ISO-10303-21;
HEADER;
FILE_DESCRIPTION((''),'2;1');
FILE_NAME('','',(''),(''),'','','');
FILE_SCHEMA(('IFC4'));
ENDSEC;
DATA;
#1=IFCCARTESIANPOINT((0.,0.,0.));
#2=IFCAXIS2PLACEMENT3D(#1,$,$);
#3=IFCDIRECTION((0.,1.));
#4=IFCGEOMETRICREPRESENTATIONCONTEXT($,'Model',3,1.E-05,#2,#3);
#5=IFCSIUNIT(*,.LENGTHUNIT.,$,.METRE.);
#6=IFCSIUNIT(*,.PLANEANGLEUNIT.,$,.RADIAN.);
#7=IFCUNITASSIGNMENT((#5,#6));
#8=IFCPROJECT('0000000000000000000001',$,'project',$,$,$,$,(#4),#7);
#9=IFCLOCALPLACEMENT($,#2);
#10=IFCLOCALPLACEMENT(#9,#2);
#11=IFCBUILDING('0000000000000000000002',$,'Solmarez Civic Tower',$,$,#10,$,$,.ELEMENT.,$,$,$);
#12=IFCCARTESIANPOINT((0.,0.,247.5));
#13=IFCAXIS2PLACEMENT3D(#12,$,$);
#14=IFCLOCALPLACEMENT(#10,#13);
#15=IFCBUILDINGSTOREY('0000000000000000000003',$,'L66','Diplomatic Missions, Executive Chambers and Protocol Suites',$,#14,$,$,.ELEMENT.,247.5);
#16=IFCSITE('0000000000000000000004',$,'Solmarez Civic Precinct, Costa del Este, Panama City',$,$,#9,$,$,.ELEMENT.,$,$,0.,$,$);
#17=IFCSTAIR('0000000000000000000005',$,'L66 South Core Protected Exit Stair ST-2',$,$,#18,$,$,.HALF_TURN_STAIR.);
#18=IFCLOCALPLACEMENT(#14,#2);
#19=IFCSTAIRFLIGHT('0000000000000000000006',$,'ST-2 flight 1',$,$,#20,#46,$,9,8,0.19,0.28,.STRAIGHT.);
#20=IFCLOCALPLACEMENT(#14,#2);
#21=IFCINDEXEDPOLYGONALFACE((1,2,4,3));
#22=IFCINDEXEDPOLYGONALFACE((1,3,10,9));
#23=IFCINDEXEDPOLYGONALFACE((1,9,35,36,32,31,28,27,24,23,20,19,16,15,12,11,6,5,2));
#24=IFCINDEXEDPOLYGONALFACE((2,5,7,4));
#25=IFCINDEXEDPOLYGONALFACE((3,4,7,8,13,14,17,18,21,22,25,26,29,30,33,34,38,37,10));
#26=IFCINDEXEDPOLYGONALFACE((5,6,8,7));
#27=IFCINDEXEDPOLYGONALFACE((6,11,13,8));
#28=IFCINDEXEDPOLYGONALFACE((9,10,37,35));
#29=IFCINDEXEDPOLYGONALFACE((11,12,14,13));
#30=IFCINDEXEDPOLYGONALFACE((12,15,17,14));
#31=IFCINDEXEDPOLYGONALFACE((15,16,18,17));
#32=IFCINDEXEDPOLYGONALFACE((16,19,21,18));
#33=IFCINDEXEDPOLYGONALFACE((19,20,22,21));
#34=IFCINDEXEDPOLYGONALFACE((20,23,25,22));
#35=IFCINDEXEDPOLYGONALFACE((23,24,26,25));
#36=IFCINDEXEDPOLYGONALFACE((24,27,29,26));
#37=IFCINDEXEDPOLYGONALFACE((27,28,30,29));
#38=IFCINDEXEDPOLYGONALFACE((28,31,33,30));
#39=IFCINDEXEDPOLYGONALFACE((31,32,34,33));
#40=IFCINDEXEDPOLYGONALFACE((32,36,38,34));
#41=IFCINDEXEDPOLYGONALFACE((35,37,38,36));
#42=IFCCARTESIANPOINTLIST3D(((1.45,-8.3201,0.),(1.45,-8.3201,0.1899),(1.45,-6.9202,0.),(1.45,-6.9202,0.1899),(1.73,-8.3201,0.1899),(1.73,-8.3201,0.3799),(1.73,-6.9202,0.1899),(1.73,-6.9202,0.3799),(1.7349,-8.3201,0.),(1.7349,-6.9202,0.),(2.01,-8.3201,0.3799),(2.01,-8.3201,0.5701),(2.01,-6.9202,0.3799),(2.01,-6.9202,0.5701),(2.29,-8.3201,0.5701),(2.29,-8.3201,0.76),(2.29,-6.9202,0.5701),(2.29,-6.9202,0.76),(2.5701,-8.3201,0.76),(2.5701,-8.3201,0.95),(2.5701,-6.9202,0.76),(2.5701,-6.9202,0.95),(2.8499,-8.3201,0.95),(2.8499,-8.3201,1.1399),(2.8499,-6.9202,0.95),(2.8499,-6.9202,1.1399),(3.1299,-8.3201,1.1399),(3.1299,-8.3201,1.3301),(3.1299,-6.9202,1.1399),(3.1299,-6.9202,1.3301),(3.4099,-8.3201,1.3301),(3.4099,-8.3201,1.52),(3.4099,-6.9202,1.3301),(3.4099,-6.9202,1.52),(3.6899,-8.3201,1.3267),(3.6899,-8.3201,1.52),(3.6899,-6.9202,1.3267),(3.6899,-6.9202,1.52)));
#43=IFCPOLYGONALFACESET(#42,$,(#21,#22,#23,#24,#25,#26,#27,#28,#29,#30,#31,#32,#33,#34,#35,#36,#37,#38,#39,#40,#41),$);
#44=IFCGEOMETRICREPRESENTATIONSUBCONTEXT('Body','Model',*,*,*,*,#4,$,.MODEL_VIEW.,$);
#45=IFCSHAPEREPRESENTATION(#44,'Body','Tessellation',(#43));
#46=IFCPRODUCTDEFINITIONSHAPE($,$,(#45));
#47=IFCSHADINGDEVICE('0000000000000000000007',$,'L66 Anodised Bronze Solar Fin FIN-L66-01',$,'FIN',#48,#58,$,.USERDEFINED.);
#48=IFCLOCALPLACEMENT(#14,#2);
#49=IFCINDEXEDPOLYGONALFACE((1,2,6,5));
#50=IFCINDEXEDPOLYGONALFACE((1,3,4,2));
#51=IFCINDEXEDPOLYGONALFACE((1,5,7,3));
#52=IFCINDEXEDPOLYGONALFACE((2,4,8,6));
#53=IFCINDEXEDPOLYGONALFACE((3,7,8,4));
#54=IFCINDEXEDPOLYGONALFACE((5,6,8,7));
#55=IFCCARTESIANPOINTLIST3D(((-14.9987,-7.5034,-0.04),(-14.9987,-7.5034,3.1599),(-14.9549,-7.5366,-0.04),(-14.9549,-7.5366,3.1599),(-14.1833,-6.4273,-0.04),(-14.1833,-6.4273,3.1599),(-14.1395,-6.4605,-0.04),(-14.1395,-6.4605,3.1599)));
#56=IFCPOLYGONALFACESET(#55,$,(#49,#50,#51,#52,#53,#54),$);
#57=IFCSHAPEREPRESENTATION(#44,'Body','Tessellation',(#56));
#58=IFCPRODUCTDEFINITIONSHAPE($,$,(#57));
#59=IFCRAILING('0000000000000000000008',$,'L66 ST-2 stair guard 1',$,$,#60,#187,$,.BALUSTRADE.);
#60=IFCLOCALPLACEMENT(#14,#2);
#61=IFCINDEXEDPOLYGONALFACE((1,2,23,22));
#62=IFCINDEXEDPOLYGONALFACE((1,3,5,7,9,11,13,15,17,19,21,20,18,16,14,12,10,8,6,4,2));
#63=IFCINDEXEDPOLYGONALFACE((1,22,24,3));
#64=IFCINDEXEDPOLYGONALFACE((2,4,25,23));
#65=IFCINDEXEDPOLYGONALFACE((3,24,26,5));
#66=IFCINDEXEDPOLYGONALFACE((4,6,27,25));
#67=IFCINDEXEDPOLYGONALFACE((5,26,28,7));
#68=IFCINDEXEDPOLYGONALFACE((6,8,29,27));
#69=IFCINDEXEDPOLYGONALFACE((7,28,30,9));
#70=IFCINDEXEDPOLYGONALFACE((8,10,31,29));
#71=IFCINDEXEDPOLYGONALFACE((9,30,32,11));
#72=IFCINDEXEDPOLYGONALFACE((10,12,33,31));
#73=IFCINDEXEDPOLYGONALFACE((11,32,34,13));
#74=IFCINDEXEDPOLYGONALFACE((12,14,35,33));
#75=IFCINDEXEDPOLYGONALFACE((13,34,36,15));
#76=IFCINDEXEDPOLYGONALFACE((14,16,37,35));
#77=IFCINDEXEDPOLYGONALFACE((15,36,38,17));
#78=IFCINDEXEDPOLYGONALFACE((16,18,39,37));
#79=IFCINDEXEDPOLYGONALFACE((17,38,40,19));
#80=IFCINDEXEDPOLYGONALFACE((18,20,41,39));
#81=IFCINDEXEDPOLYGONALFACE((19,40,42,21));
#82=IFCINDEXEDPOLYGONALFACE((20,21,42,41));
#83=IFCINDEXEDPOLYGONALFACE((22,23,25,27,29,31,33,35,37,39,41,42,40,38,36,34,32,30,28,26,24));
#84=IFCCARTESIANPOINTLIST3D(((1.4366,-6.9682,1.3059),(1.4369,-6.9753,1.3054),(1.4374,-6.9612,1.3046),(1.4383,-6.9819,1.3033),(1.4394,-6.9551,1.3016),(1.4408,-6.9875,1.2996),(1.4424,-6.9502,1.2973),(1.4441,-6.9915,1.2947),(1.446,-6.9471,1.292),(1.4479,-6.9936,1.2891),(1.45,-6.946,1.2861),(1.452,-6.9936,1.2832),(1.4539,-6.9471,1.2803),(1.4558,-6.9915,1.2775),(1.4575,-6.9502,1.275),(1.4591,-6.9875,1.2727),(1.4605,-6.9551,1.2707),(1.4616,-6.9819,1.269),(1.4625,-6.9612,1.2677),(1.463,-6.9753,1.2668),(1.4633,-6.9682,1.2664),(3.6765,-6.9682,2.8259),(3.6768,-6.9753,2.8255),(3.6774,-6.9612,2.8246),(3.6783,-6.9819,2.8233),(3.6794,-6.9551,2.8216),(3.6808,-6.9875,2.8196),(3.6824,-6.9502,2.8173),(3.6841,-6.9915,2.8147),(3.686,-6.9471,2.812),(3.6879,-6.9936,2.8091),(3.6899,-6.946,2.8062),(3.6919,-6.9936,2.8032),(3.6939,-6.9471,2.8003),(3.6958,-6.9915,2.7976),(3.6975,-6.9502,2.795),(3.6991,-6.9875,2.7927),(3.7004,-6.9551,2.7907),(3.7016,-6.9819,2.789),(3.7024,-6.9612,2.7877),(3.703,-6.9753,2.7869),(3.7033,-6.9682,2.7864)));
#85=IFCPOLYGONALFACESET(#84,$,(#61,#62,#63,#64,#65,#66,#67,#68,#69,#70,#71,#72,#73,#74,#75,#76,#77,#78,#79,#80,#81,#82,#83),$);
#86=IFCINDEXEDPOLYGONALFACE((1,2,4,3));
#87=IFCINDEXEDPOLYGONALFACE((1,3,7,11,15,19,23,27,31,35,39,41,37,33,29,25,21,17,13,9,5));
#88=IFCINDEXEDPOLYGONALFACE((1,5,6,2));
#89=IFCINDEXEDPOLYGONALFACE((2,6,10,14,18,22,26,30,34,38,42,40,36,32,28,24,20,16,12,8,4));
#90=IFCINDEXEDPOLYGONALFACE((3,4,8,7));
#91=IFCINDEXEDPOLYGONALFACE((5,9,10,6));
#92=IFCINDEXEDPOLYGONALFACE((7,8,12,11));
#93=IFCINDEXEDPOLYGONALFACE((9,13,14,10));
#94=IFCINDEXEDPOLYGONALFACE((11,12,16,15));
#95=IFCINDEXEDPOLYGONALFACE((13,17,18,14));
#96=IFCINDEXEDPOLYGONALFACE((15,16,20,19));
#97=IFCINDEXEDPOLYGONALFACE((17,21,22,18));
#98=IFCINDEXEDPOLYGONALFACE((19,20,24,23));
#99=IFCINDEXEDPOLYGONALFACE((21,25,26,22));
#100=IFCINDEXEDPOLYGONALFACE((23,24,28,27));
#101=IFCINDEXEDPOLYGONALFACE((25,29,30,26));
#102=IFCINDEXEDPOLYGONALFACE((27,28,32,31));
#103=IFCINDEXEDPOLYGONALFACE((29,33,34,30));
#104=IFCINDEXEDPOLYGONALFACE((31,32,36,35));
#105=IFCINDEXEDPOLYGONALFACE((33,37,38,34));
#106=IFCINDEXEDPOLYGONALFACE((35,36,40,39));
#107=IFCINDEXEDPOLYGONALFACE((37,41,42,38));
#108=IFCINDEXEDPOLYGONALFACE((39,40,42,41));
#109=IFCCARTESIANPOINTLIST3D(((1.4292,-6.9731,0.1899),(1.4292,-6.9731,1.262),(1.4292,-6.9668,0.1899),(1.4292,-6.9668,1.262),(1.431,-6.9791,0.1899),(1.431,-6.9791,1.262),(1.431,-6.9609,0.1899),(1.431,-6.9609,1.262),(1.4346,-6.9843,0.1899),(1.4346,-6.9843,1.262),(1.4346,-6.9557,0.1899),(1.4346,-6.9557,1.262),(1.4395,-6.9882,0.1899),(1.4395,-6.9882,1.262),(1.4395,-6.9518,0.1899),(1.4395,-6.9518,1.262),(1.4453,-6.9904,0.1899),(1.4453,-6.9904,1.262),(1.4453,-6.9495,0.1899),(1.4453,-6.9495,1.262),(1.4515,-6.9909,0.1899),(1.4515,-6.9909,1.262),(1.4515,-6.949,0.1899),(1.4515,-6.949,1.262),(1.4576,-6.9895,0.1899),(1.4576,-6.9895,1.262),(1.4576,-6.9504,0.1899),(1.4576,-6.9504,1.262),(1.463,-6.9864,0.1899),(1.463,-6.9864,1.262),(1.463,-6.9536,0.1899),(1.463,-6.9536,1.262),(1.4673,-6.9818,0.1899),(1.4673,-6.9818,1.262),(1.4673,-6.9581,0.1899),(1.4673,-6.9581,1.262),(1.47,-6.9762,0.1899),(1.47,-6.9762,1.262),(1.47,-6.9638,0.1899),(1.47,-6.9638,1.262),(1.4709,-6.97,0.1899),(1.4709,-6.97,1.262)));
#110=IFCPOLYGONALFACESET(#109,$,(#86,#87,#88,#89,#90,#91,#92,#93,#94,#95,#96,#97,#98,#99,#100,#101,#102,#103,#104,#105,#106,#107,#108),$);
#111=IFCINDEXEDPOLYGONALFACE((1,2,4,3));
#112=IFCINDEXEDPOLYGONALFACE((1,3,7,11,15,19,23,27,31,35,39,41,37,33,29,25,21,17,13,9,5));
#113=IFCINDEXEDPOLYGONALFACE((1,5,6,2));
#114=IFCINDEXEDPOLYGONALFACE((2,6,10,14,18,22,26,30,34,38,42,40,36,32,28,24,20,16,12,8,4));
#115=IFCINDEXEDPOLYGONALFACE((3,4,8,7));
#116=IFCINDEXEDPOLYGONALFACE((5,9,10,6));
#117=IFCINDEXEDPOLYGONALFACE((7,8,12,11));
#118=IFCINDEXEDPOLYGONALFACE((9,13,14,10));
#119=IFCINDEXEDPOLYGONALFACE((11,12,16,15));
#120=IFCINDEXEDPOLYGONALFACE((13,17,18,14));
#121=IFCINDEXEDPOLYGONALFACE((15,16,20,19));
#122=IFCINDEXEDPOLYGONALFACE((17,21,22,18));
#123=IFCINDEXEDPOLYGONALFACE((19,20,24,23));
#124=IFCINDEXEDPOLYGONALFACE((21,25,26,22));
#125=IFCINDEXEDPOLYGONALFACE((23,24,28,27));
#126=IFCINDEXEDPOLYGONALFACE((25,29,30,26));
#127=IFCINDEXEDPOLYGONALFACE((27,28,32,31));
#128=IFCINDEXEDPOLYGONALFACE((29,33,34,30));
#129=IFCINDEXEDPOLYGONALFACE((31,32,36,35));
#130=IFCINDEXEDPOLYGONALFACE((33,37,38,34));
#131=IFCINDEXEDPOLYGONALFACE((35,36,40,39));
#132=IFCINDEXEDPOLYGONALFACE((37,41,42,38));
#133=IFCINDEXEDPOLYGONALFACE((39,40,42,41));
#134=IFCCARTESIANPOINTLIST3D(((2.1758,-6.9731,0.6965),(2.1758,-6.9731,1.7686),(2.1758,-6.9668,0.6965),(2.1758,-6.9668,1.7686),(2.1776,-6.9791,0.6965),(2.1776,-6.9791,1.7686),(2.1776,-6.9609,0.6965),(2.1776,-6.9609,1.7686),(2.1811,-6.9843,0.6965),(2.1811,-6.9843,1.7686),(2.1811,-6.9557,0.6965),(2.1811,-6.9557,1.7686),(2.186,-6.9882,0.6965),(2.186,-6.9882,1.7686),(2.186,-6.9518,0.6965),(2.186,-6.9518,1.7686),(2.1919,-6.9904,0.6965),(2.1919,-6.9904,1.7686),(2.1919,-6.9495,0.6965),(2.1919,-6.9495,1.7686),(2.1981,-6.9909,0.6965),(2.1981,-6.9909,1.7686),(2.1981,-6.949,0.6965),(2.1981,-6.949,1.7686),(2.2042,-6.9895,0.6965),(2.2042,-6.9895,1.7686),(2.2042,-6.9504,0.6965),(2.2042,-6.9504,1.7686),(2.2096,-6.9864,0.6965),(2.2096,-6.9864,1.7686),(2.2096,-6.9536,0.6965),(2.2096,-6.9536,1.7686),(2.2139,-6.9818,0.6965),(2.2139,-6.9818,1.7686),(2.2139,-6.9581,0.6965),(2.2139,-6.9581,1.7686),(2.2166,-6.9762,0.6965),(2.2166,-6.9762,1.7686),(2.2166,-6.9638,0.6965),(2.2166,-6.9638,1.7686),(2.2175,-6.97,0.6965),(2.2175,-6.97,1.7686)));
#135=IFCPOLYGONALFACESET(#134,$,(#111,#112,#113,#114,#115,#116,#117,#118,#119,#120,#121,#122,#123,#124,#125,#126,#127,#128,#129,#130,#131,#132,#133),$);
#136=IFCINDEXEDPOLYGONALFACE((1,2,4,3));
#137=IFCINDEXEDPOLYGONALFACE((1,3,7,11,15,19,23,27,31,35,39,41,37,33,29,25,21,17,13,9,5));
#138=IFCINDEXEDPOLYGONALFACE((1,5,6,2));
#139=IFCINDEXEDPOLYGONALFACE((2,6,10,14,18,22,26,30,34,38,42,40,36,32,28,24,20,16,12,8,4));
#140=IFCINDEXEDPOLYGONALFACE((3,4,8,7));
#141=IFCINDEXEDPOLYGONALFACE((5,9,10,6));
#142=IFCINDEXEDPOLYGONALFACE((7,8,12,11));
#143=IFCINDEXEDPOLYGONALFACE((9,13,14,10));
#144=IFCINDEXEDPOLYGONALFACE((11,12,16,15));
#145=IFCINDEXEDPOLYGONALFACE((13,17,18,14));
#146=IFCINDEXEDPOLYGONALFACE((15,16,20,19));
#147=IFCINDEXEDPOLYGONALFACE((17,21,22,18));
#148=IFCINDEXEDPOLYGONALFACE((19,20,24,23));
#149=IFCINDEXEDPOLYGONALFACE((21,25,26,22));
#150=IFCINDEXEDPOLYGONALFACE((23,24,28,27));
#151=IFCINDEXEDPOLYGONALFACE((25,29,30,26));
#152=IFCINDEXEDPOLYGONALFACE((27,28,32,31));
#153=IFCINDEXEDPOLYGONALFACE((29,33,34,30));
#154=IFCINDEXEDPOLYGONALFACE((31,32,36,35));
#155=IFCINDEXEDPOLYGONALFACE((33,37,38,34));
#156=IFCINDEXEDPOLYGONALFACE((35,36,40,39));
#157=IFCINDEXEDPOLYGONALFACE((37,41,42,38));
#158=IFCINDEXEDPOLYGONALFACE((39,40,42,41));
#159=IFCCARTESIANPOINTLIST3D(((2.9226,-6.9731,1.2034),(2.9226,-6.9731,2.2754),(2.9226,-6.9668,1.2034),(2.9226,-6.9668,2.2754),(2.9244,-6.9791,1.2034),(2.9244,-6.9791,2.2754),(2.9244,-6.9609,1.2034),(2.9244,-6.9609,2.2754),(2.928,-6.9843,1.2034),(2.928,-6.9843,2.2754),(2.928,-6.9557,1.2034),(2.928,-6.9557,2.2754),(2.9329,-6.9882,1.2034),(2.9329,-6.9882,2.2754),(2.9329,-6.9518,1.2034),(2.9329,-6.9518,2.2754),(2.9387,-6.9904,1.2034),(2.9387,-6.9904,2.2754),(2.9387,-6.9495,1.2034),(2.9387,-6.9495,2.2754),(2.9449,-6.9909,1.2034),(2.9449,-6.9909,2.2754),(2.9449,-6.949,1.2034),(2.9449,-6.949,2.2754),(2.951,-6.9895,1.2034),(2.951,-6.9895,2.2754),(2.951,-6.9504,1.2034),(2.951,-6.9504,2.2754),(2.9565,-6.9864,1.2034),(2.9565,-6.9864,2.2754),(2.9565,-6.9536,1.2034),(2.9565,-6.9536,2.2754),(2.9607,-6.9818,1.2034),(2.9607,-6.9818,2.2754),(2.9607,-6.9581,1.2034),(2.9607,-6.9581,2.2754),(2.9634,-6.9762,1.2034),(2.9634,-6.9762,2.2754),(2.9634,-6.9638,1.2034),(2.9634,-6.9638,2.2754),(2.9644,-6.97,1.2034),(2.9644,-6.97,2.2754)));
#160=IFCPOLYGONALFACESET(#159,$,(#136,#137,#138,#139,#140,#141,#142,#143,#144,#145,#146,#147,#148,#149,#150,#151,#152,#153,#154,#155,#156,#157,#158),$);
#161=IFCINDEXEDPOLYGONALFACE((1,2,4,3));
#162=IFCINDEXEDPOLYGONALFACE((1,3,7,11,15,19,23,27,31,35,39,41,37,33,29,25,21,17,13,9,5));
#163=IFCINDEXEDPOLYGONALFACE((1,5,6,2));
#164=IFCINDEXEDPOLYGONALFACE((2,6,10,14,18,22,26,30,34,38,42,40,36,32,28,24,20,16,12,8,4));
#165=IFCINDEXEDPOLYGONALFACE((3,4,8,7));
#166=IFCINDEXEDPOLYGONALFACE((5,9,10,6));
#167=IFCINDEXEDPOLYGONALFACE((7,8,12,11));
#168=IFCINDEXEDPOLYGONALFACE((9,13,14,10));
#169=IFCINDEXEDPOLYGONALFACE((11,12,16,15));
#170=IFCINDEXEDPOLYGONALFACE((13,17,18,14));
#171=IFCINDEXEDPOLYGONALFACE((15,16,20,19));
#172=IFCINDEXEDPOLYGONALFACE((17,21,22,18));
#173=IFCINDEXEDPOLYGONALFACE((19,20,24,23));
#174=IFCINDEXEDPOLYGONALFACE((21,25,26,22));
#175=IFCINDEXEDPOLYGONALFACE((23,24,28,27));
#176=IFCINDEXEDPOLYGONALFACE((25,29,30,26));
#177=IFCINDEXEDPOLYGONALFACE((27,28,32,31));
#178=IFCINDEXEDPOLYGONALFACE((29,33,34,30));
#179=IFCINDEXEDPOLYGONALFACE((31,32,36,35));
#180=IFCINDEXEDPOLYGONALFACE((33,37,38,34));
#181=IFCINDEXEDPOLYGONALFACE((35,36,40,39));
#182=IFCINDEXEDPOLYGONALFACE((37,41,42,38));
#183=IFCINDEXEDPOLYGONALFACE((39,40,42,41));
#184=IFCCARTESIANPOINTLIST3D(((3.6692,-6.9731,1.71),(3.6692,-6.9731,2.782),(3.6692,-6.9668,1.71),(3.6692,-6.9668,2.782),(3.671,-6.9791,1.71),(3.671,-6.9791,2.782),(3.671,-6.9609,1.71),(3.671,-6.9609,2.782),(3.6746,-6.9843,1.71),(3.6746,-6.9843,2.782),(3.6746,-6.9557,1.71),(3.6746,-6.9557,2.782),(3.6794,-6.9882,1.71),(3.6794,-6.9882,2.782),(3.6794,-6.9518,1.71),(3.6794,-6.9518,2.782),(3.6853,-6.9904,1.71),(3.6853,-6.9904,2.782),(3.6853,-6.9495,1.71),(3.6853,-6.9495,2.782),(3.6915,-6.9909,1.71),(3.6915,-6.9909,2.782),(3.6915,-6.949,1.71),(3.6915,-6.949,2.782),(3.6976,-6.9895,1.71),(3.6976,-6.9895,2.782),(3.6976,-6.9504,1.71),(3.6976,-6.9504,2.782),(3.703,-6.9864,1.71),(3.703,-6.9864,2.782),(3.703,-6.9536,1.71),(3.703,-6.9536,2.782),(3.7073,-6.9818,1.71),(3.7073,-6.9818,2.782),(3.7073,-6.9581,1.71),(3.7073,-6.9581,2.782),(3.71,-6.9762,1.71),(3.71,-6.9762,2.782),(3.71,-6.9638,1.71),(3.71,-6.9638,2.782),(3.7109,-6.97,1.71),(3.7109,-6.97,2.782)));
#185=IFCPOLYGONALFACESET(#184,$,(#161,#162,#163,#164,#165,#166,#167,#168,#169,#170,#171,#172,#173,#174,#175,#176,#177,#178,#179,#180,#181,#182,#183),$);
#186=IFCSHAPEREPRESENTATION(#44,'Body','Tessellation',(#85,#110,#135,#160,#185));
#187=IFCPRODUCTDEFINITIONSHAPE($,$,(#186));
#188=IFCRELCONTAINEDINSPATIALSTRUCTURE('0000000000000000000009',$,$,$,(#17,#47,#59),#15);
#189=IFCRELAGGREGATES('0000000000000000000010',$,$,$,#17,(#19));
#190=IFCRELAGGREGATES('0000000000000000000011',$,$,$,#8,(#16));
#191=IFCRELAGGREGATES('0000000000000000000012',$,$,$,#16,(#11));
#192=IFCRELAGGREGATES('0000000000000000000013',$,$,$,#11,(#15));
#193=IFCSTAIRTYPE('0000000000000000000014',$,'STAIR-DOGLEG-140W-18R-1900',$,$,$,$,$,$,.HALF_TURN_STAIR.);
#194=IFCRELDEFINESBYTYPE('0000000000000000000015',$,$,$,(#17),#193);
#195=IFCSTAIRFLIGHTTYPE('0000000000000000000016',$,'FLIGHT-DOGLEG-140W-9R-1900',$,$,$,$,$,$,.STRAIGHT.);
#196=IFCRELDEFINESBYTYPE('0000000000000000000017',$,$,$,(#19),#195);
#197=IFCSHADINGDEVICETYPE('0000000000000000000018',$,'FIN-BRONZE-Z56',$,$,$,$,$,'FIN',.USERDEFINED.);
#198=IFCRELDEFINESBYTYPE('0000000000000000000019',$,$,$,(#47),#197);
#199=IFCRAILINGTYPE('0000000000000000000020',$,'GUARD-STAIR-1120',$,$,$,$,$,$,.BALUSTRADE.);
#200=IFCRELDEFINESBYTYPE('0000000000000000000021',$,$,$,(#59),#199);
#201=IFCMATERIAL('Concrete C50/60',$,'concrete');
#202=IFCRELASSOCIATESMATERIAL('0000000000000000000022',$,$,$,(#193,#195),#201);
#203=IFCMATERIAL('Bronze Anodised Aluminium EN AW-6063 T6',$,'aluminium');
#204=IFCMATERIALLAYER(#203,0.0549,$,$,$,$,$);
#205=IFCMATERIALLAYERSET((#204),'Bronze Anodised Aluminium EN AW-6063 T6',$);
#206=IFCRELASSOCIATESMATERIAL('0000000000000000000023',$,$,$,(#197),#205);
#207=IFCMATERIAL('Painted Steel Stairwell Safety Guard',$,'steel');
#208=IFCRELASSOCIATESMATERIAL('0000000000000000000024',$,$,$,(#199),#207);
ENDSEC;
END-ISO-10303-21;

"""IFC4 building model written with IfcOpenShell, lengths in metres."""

from ifc_helpers import new_model, si_unit, direction, frame, origin, origin_2d, place, context, subcontext, project, spatial, polyline, rectangle, circle, outline, extrude, material, layer, layer_set, type_object, element, aggregate, save


model = new_model("IFC4")

# Units and contexts
model_context = context("Model", 3, precision=1e-05, world=origin(), true_north=direction((0.0, 1.0)))
body_context = subcontext(model_context, "Body", "Model", "MODEL_VIEW")
ifc_project = project(units=[si_unit("LENGTHUNIT", "METRE"), si_unit("PLANEANGLEUNIT", "RADIAN")], contexts=[model_context])

# Site, building, storey
site_placement = place(None, origin())
site = spatial("IfcSite", under=ifc_project, at=site_placement, Name="Solmarez Civic Precinct, Costa del Este, Panama City", CompositionType="ELEMENT", RefElevation=0.0)
building_placement = place(site_placement, origin())
building = spatial("IfcBuilding", under=site, at=building_placement, Name="Solmarez Civic Tower", CompositionType="ELEMENT")
storey_placement = place(building_placement, frame((0.0, 0.0, 247.5)))
storey = spatial("IfcBuildingStorey", under=building, at=storey_placement, Name="L66", Description="Diplomatic Missions, Executive Chambers and Protocol Suites", CompositionType="ELEMENT", Elevation=247.5)

# Shared definitions
ifc_material_1 = material(Name="Concrete C50/60", Category="concrete")

# Stair, stair flight
stair_type = type_object("IfcStairType", Name="STAIR-DOGLEG-140W-18R-1900", PredefinedType="HALF_TURN_STAIR", material=ifc_material_1)
stair_placement = place(storey_placement, origin())
stair = element("IfcStair", 1, at=stair_placement, inside=storey, type_object=stair_type, Name="L66 South Core Protected Exit Stair ST-2", PredefinedType="HALF_TURN_STAIR")
stair_flight_type = type_object("IfcStairFlightType", Name="FLIGHT-DOGLEG-140W-9R-1900", PredefinedType="STRAIGHT", material=ifc_material_1)
stair_flight_placement = place(storey_placement, frame((1.45, -7.6201, 0.0), z_axis=(0.0, 0.0, 1.0), x_axis=(1.0, 0.0, 0.0)))
stair_flight = element("IfcStairFlight", 2, at=stair_flight_placement, type_object=stair_flight_type, Name="ST-2 flight 1", NumberOfRisers=9, NumberOfTreads=8, PredefinedType="STRAIGHT", RiserHeight=0.19, TreadLength=0.28, context=body_context, shape_type="SweptSolid", body=[
    extrude(outline(polyline([(0.0, 0.0), (0.0, 0.1899), (0.28, 0.1899), (0.28, 0.3799), (0.5601, 0.3799), (0.5601, 0.5701), (0.8401, 0.5701), (0.8401, 0.76), (1.1201, 0.76), (1.1201, 0.95), (1.3999, 0.95), (1.3999, 1.1399), (1.6799, 1.1399), (1.6799, 1.3301), (1.96, 1.3301), (1.96, 1.52), (2.24, 1.52), (2.24, 1.71), (2.24, 1.3267), (0.2849, 0.0), (0.0, 0.0)])), frame((0.0, 0.7, 0.0), z_axis=(0.0, -1.0, 0.0), x_axis=(1.0, 0.0, 0.0)), (0.0, 0.0, 1.0), 1.3999),
])
aggregate(stair, [stair_flight])

# Shading device
ifc_material_2 = material(Name="Bronze Anodised Aluminium EN AW-6063 T6", Category="aluminium")
ifc_layer_1 = layer(ifc_material_2, 0.0549)
ifc_layer_set_1 = layer_set([ifc_layer_1], Name="Bronze Anodised Aluminium EN AW-6063 T6")
shading_device_type = type_object("IfcShadingDeviceType", Name="FIN-BRONZE-Z56", ElementType="FIN", PredefinedType="USERDEFINED", material=ifc_layer_set_1)
shading_device_placement = place(storey_placement, frame((-14.5691, -6.9819, -0.04), z_axis=(0.0, 0.0, 1.0), x_axis=(-0.603946, -0.797026, 0.0)))
element("IfcShadingDevice", 3, at=shading_device_placement, inside=storey, type_object=shading_device_type, Name="L66 Anodised Bronze Solar Fin FIN-L66-01", ObjectType="FIN", PredefinedType="USERDEFINED", context=body_context, shape_type="SweptSolid", body=[
    extrude(rectangle(XDim=1.3501, YDim=0.0549, at=origin_2d()), origin(), (0.0, 0.0, 1.0), 3.2),
])

# Railing
ifc_material_3 = material(Name="Painted Steel Stairwell Safety Guard", Category="steel")
railing_type_1 = type_object("IfcRailingType", Name="GUARD-STAIR-1120", PredefinedType="BALUSTRADE", material=ifc_material_3)
railing_1_placement = place(storey_placement, frame((1.45, -6.97, 0.1899)))
element("IfcRailing", 4, at=railing_1_placement, inside=storey, type_object=railing_type_1, Name="L66 ST-2 stair guard 1", PredefinedType="BALUSTRADE", context=body_context, shape_type="SweptSolid", body=[
    extrude(circle(Radius=0.0239, at=origin_2d()), frame((0.0, 0.0, 1.0962), z_axis=(0.827471, 0.0, 0.561508), x_axis=(0.0, 1.0, 0.0)), (0.0, 0.0, 1.0), 2.707),
    extrude(circle(Radius=0.021, at=origin_2d()), origin(), (0.0, 0.0, 1.0), 1.072),
    extrude(circle(Radius=0.021, at=origin_2d()), frame((0.7466, 0.0, 0.5066)), (0.0, 0.0, 1.0), 1.072),
    extrude(circle(Radius=0.021, at=origin_2d()), frame((1.4934, 0.0, 1.0134)), (0.0, 0.0, 1.0), 1.072),
    extrude(circle(Radius=0.021, at=origin_2d()), frame((2.24, 0.0, 1.52)), (0.0, 0.0, 1.0), 1.072),
])

save(model, "model.ifc")
